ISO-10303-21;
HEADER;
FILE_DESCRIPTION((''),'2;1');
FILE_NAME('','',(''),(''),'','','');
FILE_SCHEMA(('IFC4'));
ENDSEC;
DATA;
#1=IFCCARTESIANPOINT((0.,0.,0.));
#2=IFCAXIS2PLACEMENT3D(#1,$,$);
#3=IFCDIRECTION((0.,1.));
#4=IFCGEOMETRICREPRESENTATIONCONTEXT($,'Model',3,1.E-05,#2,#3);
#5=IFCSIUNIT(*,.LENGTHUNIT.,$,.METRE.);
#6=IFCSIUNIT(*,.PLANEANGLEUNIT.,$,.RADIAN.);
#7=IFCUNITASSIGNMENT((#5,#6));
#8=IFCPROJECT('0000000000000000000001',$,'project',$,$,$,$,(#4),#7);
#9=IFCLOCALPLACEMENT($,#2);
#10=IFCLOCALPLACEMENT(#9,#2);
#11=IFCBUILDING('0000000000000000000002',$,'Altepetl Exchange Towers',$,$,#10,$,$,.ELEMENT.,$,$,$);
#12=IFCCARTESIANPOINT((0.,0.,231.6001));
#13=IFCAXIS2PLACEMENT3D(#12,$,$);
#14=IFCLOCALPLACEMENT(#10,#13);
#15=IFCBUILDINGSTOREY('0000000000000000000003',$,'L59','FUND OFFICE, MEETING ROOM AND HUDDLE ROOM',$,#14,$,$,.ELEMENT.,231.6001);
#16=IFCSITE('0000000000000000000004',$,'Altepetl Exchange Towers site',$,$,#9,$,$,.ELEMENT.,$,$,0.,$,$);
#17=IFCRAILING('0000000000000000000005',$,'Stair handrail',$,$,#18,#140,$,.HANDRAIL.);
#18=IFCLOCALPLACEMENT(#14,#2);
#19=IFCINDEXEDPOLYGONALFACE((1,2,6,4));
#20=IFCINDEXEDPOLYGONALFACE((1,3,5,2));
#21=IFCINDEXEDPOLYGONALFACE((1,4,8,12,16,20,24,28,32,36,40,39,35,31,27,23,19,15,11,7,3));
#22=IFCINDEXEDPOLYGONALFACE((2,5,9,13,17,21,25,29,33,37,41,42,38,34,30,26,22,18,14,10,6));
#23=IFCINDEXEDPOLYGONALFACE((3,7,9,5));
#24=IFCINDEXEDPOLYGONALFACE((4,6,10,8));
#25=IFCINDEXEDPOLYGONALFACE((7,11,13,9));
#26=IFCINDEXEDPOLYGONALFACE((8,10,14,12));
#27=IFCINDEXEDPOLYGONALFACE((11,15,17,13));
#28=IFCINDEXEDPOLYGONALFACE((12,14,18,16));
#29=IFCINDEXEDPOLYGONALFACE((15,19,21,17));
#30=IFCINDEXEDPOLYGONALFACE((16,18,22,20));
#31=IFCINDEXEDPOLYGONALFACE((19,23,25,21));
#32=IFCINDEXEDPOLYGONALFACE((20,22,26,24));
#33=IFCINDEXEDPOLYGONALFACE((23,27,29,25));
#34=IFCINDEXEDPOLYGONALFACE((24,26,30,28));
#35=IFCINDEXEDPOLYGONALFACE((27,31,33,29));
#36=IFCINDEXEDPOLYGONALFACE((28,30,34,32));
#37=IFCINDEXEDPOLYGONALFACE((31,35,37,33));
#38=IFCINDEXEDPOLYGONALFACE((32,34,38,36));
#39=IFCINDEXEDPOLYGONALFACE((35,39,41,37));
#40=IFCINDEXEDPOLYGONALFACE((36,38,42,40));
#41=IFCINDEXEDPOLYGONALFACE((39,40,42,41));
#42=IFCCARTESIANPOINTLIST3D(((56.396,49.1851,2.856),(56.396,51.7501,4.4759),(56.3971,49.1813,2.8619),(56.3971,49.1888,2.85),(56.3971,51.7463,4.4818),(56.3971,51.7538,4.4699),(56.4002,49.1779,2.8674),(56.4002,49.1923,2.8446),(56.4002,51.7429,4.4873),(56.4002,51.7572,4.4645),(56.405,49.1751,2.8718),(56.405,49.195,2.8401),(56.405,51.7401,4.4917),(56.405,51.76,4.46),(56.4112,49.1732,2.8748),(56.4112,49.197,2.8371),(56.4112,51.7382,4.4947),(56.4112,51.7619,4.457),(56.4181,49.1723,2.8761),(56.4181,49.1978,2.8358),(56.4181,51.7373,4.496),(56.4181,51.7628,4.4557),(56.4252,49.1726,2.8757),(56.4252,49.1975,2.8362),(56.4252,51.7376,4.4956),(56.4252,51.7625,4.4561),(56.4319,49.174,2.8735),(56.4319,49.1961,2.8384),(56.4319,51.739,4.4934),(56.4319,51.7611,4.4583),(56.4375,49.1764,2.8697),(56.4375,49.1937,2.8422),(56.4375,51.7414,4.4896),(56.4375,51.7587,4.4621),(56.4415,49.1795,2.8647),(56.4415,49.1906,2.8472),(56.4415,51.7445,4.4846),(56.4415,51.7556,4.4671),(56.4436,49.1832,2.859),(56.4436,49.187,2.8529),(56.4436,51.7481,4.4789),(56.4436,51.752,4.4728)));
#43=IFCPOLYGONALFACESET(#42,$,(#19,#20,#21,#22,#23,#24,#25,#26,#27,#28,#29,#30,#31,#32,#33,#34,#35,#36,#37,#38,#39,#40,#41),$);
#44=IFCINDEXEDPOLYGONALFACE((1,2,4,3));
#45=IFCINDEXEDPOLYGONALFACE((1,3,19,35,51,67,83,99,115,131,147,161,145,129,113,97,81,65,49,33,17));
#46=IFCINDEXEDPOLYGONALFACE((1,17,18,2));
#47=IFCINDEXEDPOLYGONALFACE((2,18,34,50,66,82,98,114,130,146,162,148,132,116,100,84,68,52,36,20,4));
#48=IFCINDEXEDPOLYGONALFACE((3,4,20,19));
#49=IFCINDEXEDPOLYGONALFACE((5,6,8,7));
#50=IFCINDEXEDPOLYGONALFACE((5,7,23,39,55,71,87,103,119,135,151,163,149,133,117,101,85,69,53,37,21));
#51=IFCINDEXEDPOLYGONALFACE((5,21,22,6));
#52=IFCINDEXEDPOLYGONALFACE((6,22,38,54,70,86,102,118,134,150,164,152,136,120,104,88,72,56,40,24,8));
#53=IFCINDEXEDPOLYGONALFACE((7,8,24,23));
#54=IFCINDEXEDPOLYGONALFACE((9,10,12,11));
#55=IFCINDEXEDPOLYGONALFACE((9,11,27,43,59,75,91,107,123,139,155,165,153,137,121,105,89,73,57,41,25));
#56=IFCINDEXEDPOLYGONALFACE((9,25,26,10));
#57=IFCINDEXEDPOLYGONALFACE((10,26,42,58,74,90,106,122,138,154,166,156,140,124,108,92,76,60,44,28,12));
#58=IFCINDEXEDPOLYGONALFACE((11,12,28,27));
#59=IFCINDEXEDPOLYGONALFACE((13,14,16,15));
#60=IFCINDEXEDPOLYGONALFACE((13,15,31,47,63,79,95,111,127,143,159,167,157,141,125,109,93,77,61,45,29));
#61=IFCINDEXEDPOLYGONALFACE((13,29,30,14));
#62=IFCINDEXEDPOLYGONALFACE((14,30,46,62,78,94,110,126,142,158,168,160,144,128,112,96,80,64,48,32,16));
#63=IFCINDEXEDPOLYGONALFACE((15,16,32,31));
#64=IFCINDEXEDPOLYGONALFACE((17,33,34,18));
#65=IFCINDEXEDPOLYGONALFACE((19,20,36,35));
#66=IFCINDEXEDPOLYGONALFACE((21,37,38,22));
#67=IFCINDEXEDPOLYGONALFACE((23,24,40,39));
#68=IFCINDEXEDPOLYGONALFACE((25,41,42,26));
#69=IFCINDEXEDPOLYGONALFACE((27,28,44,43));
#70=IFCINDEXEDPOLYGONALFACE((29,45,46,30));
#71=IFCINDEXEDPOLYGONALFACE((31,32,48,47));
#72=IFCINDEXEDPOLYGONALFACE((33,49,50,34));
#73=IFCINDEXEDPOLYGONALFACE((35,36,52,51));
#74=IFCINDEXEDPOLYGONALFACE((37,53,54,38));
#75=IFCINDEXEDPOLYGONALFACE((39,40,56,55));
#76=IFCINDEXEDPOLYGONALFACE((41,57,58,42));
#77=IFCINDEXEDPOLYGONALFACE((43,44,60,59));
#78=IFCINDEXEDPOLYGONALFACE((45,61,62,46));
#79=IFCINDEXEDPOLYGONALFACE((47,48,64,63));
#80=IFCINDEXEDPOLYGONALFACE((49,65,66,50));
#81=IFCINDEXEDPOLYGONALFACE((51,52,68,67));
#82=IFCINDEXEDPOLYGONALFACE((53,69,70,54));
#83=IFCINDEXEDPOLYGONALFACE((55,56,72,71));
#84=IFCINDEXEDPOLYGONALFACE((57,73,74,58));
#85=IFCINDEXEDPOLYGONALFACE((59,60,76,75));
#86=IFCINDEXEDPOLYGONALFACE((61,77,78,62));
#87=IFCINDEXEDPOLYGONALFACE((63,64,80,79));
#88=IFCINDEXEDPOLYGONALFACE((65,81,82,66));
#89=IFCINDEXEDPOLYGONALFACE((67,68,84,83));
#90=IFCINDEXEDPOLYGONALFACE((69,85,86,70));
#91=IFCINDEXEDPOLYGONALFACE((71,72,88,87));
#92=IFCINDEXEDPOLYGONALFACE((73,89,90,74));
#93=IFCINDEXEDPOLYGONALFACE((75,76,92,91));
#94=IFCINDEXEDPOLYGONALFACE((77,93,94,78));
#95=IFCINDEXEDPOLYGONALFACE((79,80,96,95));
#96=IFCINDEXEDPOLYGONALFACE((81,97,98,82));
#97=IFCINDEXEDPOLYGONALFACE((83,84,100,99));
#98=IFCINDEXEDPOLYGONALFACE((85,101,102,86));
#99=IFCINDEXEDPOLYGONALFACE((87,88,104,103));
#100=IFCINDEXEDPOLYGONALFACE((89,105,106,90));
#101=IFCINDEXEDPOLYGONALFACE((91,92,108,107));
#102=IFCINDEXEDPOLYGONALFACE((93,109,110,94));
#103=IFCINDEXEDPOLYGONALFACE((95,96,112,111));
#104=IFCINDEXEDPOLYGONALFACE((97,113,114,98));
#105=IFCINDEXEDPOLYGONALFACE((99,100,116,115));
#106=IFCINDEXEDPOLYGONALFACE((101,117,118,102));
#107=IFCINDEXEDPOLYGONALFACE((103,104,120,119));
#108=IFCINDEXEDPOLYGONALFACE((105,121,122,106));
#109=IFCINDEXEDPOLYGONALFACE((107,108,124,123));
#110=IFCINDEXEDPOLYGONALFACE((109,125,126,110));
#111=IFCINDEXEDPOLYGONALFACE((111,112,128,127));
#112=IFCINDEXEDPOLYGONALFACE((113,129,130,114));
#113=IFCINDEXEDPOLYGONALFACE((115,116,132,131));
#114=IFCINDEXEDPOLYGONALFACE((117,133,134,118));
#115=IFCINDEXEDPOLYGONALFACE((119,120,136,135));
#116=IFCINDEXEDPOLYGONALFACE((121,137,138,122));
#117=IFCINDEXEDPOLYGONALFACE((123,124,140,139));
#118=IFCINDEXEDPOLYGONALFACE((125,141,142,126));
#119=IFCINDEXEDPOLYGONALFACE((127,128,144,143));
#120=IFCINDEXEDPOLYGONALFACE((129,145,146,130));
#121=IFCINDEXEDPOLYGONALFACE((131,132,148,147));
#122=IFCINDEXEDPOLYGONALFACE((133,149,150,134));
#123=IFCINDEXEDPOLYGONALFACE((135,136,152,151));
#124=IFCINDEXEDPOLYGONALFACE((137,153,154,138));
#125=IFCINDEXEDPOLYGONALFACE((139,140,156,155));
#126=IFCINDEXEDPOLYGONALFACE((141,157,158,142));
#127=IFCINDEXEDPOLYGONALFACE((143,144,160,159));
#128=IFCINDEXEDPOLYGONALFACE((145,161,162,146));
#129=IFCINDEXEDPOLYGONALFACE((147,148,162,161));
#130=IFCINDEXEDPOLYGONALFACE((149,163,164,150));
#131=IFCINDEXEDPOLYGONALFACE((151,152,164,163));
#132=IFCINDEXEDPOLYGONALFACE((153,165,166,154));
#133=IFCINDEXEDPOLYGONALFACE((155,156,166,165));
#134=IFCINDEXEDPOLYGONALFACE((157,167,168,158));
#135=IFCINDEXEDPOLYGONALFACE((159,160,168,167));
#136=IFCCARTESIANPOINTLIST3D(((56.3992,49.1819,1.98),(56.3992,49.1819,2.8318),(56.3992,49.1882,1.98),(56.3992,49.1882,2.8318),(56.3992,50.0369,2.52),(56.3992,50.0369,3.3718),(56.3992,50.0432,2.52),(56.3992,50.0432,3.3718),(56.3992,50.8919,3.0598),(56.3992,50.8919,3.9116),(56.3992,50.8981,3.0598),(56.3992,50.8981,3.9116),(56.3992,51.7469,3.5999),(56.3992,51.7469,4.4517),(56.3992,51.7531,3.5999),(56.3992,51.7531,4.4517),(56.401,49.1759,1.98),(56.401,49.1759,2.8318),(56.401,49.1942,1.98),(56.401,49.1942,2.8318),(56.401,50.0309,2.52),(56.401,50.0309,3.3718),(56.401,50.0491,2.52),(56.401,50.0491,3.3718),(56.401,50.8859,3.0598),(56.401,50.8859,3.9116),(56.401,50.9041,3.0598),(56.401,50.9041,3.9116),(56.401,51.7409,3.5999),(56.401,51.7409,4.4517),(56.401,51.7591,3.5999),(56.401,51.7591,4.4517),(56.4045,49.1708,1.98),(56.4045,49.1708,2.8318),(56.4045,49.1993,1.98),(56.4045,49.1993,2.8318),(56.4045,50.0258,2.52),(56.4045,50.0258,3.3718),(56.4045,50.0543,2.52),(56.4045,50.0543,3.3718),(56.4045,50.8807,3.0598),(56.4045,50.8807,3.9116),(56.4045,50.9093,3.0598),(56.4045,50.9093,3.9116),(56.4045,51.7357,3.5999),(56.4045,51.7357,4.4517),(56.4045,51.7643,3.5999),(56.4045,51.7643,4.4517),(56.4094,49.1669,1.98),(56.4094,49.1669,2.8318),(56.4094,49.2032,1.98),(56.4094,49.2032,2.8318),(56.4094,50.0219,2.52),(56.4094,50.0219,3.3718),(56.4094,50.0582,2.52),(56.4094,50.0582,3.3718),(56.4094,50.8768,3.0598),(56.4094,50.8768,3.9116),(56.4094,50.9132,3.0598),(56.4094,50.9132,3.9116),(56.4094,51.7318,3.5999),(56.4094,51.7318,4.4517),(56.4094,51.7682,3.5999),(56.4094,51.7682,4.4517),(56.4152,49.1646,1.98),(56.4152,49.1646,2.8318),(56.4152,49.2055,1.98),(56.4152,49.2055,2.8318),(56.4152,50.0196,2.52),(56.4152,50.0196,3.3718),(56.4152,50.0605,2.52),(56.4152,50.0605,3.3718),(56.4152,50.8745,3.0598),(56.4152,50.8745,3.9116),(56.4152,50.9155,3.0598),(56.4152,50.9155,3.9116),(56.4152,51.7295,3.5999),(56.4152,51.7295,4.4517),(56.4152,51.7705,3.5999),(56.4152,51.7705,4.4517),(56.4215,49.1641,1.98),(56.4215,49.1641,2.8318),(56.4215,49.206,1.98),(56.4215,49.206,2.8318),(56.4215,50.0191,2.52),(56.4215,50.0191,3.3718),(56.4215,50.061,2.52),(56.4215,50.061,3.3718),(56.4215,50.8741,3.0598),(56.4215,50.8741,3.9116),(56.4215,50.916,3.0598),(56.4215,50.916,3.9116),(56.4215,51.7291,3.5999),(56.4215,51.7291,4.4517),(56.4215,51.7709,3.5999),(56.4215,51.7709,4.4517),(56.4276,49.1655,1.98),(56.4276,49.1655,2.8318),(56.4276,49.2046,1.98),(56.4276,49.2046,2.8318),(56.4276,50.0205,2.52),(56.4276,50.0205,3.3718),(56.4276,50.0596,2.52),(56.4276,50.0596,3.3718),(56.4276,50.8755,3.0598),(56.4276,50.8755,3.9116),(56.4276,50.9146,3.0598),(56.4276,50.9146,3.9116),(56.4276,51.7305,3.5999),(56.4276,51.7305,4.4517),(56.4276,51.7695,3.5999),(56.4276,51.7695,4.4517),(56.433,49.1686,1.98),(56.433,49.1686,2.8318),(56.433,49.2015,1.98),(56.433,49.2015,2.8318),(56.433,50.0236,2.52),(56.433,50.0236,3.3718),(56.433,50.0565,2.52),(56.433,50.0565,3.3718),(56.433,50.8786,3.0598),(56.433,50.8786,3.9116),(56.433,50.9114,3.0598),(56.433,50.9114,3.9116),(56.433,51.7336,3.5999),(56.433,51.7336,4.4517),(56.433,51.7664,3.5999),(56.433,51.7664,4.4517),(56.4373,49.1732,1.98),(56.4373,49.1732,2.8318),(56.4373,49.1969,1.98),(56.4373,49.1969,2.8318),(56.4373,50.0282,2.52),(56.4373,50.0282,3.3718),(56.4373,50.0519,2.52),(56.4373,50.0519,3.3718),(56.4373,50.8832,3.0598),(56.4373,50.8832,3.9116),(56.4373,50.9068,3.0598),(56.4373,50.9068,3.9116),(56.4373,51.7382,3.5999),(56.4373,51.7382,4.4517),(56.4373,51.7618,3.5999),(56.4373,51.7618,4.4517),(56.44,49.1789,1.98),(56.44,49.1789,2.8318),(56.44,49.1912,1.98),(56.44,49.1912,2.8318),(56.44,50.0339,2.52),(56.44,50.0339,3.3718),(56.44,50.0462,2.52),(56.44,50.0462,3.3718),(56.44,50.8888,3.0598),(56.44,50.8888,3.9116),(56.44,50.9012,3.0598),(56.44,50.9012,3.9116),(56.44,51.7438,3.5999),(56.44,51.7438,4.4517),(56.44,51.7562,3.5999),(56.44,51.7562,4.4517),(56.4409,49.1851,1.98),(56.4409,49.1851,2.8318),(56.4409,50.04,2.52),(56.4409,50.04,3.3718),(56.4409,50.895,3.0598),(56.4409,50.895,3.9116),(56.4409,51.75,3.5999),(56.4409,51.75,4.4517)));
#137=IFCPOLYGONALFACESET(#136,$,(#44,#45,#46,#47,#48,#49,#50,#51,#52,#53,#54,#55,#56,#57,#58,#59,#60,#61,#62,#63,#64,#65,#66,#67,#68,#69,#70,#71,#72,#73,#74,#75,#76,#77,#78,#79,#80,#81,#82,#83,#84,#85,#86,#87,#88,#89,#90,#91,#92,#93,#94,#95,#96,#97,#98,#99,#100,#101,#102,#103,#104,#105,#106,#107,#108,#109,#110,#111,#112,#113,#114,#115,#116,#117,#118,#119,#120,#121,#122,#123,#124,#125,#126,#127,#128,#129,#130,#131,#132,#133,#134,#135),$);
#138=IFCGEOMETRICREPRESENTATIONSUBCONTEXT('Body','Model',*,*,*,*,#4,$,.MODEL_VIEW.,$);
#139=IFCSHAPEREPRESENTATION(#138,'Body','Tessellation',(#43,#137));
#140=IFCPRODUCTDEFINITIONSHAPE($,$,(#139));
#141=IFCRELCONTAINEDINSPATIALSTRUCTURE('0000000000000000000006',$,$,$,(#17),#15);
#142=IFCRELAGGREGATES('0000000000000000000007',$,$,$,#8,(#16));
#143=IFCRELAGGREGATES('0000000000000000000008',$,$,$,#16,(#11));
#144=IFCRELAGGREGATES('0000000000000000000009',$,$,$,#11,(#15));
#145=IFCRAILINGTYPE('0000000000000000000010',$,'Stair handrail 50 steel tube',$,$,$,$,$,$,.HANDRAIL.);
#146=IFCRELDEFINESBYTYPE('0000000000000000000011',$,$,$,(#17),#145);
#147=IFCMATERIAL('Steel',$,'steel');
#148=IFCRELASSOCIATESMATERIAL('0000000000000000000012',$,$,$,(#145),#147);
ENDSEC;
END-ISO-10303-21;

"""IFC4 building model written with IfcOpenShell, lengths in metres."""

from ifc_helpers import new_model, si_unit, direction, frame, origin, origin_2d, place, context, subcontext, project, spatial, circle, extrude, source, transform, mapped, material, type_object, element, save


model = new_model("IFC4")

# Units and contexts
model_context = context("Model", 3, precision=1e-05, world=origin(), true_north=direction((0.0, 1.0)))
body_context = subcontext(model_context, "Body", "Model", "MODEL_VIEW")
ifc_project = project(units=[si_unit("LENGTHUNIT", "METRE"), si_unit("PLANEANGLEUNIT", "RADIAN")], contexts=[model_context])

# Site, building, storey
site_placement = place(None, origin())
site = spatial("IfcSite", under=ifc_project, at=site_placement, Name="Altepetl Exchange Towers site", CompositionType="ELEMENT", RefElevation=0.0)
building_placement = place(site_placement, origin())
building = spatial("IfcBuilding", under=site, at=building_placement, Name="Altepetl Exchange Towers", CompositionType="ELEMENT")
storey_placement = place(building_placement, frame((0.0, 0.0, 231.6001)))
storey = spatial("IfcBuildingStorey", under=building, at=storey_placement, Name="L59", Description="FUND OFFICE, MEETING ROOM AND HUDDLE ROOM", CompositionType="ELEMENT", Elevation=231.6001)

# Railing
ifc_material_1 = material(Name="Steel", Category="steel")
railing_type = type_object("IfcRailingType", Name="Stair handrail 50 steel tube", PredefinedType="HANDRAIL", material=ifc_material_1)
shared_shape = source(origin(), body_context, "Body", "SweptSolid", [
    extrude(circle(Radius=0.021, at=origin_2d()), origin(), (0.0, 0.0, 1.0), 0.8518),
])
railing_placement = place(storey_placement, frame((56.4199, 49.1851, 1.98)))
element("IfcRailing", 1, at=railing_placement, inside=storey, type_object=railing_type, Name="Stair handrail", PredefinedType="HANDRAIL", context=body_context, shape_type="SweptSolid", body=[
    extrude(circle(Radius=0.0239, at=origin_2d()), frame((0.0, 0.0, 0.876), z_axis=(0.0, 0.845502, 0.533972), x_axis=(-1.0, 0.0, 0.0)), (0.0, 0.0, 1.0), 3.0337),
    mapped(shared_shape, transform((0.0, 0.0, 0.0))),
    mapped(shared_shape, transform((0.0, 0.855, 0.54))),
    mapped(shared_shape, transform((0.0, 1.71, 1.0798))),
    mapped(shared_shape, transform((0.0, 2.5649, 1.6199))),
])

save(model, "model.ifc")
